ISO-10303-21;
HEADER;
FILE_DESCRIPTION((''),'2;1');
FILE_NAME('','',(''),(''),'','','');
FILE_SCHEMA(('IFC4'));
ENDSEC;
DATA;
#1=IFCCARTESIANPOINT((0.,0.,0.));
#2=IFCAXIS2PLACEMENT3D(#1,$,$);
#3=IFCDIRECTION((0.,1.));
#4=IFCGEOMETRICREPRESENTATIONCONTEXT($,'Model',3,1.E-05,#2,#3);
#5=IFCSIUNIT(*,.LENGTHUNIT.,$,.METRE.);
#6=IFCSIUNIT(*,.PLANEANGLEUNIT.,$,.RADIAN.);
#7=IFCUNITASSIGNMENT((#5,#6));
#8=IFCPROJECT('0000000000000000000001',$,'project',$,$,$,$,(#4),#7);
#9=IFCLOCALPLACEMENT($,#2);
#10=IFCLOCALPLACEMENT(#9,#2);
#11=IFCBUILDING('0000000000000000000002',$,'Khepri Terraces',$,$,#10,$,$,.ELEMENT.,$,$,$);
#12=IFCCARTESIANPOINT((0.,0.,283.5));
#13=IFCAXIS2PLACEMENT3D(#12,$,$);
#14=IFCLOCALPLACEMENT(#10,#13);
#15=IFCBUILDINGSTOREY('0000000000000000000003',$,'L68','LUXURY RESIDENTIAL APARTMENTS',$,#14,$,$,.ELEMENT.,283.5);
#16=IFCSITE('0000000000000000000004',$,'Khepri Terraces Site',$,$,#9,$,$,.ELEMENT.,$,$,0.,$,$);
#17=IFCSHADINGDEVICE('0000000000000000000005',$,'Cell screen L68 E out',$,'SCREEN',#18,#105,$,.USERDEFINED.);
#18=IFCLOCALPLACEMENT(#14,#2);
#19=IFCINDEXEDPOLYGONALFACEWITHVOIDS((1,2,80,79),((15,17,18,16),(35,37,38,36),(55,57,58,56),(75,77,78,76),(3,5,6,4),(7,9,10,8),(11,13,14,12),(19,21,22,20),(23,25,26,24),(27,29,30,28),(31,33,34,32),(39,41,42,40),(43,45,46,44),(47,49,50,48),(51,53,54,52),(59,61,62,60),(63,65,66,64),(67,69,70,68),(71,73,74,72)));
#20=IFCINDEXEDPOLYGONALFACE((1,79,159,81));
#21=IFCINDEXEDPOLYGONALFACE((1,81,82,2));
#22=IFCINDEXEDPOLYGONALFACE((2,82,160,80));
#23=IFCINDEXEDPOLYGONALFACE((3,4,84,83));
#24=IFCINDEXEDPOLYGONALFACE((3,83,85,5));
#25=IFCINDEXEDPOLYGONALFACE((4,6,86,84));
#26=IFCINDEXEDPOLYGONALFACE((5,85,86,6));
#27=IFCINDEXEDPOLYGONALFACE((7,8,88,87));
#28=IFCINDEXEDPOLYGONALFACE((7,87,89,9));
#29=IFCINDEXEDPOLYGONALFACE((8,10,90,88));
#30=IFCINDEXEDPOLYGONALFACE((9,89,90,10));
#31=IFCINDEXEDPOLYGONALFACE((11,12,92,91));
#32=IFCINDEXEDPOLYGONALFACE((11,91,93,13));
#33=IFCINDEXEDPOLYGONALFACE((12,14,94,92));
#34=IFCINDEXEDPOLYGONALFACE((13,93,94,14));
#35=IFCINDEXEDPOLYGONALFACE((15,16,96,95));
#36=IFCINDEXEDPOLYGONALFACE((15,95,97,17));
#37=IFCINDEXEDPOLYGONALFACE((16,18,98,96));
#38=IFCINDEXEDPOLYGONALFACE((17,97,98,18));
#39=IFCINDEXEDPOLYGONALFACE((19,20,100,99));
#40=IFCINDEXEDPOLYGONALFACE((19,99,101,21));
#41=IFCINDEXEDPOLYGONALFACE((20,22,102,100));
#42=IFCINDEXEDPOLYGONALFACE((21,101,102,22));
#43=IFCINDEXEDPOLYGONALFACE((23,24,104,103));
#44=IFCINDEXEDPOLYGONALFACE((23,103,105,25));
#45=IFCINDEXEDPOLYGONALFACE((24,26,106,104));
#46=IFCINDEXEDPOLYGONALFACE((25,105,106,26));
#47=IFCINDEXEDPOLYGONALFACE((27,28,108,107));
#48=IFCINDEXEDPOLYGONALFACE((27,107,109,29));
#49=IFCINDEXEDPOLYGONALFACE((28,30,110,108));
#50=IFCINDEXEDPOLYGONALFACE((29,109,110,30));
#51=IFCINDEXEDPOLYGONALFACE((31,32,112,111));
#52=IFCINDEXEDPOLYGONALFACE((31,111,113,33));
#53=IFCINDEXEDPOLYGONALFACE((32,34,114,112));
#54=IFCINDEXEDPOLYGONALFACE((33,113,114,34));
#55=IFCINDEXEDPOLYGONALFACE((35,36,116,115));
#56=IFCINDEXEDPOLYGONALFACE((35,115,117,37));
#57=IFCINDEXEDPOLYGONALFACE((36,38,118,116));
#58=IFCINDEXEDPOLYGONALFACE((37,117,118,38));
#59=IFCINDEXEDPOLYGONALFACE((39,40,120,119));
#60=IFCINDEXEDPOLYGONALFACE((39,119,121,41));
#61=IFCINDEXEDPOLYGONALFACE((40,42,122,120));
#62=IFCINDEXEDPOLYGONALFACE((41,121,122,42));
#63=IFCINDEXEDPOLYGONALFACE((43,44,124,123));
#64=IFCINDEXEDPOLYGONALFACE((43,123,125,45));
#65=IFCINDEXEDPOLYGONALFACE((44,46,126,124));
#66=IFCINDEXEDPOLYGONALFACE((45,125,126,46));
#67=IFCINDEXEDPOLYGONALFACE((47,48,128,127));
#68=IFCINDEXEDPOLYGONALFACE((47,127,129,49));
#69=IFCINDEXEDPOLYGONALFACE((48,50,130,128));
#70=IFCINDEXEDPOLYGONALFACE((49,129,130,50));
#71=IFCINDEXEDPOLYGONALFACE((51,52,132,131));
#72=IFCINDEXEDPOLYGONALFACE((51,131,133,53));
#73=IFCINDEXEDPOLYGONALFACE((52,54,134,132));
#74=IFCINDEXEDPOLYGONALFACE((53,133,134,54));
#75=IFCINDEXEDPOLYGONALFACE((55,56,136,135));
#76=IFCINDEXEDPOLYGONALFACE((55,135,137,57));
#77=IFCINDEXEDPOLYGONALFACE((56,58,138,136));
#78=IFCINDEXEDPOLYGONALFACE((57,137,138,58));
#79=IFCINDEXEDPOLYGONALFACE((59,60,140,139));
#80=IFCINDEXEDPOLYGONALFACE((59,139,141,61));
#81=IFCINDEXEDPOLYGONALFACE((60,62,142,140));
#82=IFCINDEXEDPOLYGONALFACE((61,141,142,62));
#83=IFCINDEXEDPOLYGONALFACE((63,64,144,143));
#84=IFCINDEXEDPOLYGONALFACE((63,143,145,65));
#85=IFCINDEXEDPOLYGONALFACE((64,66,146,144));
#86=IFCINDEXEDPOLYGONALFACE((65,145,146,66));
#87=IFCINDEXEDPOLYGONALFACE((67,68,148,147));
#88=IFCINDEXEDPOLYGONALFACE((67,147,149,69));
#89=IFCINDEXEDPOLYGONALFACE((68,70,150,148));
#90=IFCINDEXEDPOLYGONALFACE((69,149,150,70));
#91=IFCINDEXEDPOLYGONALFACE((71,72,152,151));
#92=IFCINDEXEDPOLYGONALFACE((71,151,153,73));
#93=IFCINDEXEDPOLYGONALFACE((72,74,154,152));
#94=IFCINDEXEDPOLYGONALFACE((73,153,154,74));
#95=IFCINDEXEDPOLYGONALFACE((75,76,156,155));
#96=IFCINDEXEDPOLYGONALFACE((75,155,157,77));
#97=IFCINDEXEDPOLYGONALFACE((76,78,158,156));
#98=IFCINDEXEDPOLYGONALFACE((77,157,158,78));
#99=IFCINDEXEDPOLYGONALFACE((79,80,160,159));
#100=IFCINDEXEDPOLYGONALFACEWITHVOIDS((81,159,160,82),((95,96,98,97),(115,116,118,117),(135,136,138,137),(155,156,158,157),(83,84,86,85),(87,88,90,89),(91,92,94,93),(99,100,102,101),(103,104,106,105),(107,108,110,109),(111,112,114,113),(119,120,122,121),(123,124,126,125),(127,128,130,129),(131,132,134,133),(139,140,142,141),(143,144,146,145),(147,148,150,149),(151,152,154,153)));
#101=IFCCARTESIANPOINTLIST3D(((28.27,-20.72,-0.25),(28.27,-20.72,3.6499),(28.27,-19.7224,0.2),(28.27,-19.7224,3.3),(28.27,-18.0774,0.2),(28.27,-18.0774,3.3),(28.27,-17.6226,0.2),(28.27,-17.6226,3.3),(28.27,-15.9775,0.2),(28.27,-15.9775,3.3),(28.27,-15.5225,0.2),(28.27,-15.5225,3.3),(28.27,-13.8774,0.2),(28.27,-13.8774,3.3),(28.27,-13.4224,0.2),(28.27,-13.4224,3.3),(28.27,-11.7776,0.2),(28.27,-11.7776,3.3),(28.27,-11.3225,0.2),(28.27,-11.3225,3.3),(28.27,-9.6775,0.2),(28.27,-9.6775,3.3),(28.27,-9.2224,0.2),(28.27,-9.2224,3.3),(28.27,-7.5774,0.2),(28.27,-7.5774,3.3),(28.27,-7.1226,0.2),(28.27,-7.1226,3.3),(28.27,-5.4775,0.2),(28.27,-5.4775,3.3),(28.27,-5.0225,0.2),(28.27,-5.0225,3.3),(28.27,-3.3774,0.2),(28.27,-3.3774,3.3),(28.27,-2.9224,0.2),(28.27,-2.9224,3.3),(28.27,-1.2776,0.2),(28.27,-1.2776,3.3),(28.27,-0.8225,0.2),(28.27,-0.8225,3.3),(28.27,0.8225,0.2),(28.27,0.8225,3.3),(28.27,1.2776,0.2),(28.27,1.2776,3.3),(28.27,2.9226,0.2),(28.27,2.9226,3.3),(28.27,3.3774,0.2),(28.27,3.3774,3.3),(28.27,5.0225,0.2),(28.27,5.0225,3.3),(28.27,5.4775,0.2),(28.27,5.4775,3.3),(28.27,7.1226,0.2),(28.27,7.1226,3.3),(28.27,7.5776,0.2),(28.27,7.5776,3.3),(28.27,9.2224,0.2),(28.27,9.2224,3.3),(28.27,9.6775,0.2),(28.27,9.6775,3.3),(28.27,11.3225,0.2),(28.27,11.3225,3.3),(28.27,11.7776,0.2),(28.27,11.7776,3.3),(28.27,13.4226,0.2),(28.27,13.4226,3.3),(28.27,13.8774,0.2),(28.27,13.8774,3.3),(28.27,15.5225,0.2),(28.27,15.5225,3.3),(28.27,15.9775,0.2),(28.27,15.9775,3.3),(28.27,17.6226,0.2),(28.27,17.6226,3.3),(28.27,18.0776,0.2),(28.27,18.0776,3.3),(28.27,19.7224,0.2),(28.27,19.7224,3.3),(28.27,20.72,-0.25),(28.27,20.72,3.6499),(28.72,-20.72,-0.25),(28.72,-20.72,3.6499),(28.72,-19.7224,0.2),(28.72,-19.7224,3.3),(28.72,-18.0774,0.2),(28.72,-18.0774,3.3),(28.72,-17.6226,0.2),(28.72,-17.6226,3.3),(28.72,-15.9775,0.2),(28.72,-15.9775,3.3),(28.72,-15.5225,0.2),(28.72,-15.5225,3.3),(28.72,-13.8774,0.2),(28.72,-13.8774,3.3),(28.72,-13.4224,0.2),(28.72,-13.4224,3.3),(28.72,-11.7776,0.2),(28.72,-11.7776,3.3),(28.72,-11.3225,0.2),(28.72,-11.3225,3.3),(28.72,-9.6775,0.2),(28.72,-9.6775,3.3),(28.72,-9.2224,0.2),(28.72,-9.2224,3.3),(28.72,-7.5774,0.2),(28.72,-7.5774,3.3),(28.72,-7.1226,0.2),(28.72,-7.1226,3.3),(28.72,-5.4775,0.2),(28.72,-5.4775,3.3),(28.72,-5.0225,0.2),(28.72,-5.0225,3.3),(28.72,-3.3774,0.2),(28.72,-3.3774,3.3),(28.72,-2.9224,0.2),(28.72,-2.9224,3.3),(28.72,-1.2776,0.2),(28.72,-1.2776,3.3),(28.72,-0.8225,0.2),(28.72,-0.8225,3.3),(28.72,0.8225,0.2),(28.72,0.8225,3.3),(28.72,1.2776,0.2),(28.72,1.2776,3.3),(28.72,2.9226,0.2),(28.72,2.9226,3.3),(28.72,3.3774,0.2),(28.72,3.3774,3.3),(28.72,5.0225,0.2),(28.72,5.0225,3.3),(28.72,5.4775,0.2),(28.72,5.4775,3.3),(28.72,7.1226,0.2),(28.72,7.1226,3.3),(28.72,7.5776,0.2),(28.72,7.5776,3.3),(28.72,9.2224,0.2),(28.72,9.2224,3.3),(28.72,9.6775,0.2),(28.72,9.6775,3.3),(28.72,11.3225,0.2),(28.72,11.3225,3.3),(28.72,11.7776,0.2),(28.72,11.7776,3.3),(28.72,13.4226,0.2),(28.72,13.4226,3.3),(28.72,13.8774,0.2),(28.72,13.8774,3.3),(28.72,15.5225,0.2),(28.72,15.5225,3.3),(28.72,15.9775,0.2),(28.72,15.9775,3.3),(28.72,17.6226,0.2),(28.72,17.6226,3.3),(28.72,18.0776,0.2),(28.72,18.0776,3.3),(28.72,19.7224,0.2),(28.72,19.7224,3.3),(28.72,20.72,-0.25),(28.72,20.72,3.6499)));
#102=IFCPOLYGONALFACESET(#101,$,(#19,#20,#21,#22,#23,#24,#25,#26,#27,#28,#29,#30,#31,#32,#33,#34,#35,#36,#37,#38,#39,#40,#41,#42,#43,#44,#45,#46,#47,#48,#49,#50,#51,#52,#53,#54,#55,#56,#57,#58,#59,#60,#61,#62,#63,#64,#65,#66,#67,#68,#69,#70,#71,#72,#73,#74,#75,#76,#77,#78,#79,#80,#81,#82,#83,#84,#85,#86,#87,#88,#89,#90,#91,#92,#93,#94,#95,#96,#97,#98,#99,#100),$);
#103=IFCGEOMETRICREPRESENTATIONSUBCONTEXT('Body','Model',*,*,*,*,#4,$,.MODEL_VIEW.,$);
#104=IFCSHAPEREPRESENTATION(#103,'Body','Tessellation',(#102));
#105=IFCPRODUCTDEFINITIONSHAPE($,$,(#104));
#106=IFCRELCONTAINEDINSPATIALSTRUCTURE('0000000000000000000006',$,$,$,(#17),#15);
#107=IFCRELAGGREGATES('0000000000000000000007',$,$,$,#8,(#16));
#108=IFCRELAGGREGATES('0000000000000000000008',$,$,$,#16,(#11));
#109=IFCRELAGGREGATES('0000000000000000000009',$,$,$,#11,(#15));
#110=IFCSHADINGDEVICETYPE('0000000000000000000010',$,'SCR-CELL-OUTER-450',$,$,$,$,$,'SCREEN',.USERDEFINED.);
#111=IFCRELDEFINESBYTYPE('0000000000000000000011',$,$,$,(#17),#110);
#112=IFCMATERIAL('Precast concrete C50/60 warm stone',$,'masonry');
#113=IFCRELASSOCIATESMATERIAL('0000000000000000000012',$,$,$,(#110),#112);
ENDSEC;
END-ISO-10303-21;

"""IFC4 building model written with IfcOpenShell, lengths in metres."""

from ifc_helpers import new_model, si_unit, direction, frame, origin, place, context, subcontext, project, spatial, polyline, outline, extrude, material, type_object, element, save


model = new_model("IFC4")

# Units and contexts
model_context = context("Model", 3, precision=1e-05, world=origin(), true_north=direction((0.0, 1.0)))
body_context = subcontext(model_context, "Body", "Model", "MODEL_VIEW")
ifc_project = project(units=[si_unit("LENGTHUNIT", "METRE"), si_unit("PLANEANGLEUNIT", "RADIAN")], contexts=[model_context])

# Site, building, storey
site_placement = place(None, origin())
site = spatial("IfcSite", under=ifc_project, at=site_placement, Name="Khepri Terraces Site", CompositionType="ELEMENT", RefElevation=0.0)
building_placement = place(site_placement, origin())
building = spatial("IfcBuilding", under=site, at=building_placement, Name="Khepri Terraces", CompositionType="ELEMENT")
storey_placement = place(building_placement, frame((0.0, 0.0, 283.5)))
storey = spatial("IfcBuildingStorey", under=building, at=storey_placement, Name="L68", Description="LUXURY RESIDENTIAL APARTMENTS", CompositionType="ELEMENT", Elevation=283.5)

# Shared definitions
ifc_material_1 = material(Name="Precast concrete C50/60 warm stone", Category="masonry")

# Shading device
shading_device_type_1 = type_object("IfcShadingDeviceType", Name="SCR-CELL-OUTER-450", ElementType="SCREEN", PredefinedType="USERDEFINED", material=ifc_material_1)
shading_device_1_placement = place(storey_placement, frame((28.27, -20.72, -0.25), z_axis=(1.0, 0.0, 0.0), x_axis=(0.0, 1.0, 0.0)))
element("IfcShadingDevice", 1, at=shading_device_1_placement, inside=storey, type_object=shading_device_type_1, Name="Cell screen L68 E out", ObjectType="SCREEN", PredefinedType="USERDEFINED", context=body_context, shape_type="SweptSolid", body=[
    extrude(outline(polyline([(0.0, 0.0), (41.4399, 0.0), (41.4399, 3.8999), (0.0, 3.8999), (0.0, 0.0)]), holes=[polyline([(0.9976, 0.45), (2.6426, 0.45), (2.6426, 3.55), (0.9976, 3.55), (0.9976, 0.45)]), polyline([(3.0974, 0.45), (4.7424, 0.45), (4.7424, 3.55), (3.0974, 3.55), (3.0974, 0.45)]), polyline([(5.1975, 0.45), (6.8425, 0.45), (6.8425, 3.55), (5.1975, 3.55), (5.1975, 0.45)]), polyline([(7.2976, 0.45), (8.9424, 0.45), (8.9424, 3.55), (7.2976, 3.55), (7.2976, 0.45)]), polyline([(9.3975, 0.45), (11.0425, 0.45), (11.0425, 3.55), (9.3975, 3.55), (9.3975, 0.45)]), polyline([(11.4976, 0.45), (13.1426, 0.45), (13.1426, 3.55), (11.4976, 3.55), (11.4976, 0.45)]), polyline([(13.5974, 0.45), (15.2424, 0.45), (15.2424, 3.55), (13.5974, 3.55), (13.5974, 0.45)]), polyline([(15.6975, 0.45), (17.3425, 0.45), (17.3425, 3.55), (15.6975, 3.55), (15.6975, 0.45)]), polyline([(17.7976, 0.45), (19.4424, 0.45), (19.4424, 3.55), (17.7976, 3.55), (17.7976, 0.45)]), polyline([(19.8975, 0.45), (21.5425, 0.45), (21.5425, 3.55), (19.8975, 3.55), (19.8975, 0.45)]), polyline([(21.9976, 0.45), (23.6426, 0.45), (23.6426, 3.55), (21.9976, 3.55), (21.9976, 0.45)]), polyline([(24.0974, 0.45), (25.7424, 0.45), (25.7424, 3.55), (24.0974, 3.55), (24.0974, 0.45)]), polyline([(26.1975, 0.45), (27.8425, 0.45), (27.8425, 3.55), (26.1975, 3.55), (26.1975, 0.45)]), polyline([(28.2976, 0.45), (29.9424, 0.45), (29.9424, 3.55), (28.2976, 3.55), (28.2976, 0.45)]), polyline([(30.3975, 0.45), (32.0425, 0.45), (32.0425, 3.55), (30.3975, 3.55), (30.3975, 0.45)]), polyline([(32.4976, 0.45), (34.1426, 0.45), (34.1426, 3.55), (32.4976, 3.55), (32.4976, 0.45)]), polyline([(34.5974, 0.45), (36.2424, 0.45), (36.2424, 3.55), (34.5974, 3.55), (34.5974, 0.45)]), polyline([(36.6975, 0.45), (38.3425, 0.45), (38.3425, 3.55), (36.6975, 3.55), (36.6975, 0.45)]), polyline([(38.7976, 0.45), (40.4424, 0.45), (40.4424, 3.55), (38.7976, 3.55), (38.7976, 0.45)])]), origin(), (0.0, 0.0, 1.0), 0.45),
])

save(model, "model.ifc")
